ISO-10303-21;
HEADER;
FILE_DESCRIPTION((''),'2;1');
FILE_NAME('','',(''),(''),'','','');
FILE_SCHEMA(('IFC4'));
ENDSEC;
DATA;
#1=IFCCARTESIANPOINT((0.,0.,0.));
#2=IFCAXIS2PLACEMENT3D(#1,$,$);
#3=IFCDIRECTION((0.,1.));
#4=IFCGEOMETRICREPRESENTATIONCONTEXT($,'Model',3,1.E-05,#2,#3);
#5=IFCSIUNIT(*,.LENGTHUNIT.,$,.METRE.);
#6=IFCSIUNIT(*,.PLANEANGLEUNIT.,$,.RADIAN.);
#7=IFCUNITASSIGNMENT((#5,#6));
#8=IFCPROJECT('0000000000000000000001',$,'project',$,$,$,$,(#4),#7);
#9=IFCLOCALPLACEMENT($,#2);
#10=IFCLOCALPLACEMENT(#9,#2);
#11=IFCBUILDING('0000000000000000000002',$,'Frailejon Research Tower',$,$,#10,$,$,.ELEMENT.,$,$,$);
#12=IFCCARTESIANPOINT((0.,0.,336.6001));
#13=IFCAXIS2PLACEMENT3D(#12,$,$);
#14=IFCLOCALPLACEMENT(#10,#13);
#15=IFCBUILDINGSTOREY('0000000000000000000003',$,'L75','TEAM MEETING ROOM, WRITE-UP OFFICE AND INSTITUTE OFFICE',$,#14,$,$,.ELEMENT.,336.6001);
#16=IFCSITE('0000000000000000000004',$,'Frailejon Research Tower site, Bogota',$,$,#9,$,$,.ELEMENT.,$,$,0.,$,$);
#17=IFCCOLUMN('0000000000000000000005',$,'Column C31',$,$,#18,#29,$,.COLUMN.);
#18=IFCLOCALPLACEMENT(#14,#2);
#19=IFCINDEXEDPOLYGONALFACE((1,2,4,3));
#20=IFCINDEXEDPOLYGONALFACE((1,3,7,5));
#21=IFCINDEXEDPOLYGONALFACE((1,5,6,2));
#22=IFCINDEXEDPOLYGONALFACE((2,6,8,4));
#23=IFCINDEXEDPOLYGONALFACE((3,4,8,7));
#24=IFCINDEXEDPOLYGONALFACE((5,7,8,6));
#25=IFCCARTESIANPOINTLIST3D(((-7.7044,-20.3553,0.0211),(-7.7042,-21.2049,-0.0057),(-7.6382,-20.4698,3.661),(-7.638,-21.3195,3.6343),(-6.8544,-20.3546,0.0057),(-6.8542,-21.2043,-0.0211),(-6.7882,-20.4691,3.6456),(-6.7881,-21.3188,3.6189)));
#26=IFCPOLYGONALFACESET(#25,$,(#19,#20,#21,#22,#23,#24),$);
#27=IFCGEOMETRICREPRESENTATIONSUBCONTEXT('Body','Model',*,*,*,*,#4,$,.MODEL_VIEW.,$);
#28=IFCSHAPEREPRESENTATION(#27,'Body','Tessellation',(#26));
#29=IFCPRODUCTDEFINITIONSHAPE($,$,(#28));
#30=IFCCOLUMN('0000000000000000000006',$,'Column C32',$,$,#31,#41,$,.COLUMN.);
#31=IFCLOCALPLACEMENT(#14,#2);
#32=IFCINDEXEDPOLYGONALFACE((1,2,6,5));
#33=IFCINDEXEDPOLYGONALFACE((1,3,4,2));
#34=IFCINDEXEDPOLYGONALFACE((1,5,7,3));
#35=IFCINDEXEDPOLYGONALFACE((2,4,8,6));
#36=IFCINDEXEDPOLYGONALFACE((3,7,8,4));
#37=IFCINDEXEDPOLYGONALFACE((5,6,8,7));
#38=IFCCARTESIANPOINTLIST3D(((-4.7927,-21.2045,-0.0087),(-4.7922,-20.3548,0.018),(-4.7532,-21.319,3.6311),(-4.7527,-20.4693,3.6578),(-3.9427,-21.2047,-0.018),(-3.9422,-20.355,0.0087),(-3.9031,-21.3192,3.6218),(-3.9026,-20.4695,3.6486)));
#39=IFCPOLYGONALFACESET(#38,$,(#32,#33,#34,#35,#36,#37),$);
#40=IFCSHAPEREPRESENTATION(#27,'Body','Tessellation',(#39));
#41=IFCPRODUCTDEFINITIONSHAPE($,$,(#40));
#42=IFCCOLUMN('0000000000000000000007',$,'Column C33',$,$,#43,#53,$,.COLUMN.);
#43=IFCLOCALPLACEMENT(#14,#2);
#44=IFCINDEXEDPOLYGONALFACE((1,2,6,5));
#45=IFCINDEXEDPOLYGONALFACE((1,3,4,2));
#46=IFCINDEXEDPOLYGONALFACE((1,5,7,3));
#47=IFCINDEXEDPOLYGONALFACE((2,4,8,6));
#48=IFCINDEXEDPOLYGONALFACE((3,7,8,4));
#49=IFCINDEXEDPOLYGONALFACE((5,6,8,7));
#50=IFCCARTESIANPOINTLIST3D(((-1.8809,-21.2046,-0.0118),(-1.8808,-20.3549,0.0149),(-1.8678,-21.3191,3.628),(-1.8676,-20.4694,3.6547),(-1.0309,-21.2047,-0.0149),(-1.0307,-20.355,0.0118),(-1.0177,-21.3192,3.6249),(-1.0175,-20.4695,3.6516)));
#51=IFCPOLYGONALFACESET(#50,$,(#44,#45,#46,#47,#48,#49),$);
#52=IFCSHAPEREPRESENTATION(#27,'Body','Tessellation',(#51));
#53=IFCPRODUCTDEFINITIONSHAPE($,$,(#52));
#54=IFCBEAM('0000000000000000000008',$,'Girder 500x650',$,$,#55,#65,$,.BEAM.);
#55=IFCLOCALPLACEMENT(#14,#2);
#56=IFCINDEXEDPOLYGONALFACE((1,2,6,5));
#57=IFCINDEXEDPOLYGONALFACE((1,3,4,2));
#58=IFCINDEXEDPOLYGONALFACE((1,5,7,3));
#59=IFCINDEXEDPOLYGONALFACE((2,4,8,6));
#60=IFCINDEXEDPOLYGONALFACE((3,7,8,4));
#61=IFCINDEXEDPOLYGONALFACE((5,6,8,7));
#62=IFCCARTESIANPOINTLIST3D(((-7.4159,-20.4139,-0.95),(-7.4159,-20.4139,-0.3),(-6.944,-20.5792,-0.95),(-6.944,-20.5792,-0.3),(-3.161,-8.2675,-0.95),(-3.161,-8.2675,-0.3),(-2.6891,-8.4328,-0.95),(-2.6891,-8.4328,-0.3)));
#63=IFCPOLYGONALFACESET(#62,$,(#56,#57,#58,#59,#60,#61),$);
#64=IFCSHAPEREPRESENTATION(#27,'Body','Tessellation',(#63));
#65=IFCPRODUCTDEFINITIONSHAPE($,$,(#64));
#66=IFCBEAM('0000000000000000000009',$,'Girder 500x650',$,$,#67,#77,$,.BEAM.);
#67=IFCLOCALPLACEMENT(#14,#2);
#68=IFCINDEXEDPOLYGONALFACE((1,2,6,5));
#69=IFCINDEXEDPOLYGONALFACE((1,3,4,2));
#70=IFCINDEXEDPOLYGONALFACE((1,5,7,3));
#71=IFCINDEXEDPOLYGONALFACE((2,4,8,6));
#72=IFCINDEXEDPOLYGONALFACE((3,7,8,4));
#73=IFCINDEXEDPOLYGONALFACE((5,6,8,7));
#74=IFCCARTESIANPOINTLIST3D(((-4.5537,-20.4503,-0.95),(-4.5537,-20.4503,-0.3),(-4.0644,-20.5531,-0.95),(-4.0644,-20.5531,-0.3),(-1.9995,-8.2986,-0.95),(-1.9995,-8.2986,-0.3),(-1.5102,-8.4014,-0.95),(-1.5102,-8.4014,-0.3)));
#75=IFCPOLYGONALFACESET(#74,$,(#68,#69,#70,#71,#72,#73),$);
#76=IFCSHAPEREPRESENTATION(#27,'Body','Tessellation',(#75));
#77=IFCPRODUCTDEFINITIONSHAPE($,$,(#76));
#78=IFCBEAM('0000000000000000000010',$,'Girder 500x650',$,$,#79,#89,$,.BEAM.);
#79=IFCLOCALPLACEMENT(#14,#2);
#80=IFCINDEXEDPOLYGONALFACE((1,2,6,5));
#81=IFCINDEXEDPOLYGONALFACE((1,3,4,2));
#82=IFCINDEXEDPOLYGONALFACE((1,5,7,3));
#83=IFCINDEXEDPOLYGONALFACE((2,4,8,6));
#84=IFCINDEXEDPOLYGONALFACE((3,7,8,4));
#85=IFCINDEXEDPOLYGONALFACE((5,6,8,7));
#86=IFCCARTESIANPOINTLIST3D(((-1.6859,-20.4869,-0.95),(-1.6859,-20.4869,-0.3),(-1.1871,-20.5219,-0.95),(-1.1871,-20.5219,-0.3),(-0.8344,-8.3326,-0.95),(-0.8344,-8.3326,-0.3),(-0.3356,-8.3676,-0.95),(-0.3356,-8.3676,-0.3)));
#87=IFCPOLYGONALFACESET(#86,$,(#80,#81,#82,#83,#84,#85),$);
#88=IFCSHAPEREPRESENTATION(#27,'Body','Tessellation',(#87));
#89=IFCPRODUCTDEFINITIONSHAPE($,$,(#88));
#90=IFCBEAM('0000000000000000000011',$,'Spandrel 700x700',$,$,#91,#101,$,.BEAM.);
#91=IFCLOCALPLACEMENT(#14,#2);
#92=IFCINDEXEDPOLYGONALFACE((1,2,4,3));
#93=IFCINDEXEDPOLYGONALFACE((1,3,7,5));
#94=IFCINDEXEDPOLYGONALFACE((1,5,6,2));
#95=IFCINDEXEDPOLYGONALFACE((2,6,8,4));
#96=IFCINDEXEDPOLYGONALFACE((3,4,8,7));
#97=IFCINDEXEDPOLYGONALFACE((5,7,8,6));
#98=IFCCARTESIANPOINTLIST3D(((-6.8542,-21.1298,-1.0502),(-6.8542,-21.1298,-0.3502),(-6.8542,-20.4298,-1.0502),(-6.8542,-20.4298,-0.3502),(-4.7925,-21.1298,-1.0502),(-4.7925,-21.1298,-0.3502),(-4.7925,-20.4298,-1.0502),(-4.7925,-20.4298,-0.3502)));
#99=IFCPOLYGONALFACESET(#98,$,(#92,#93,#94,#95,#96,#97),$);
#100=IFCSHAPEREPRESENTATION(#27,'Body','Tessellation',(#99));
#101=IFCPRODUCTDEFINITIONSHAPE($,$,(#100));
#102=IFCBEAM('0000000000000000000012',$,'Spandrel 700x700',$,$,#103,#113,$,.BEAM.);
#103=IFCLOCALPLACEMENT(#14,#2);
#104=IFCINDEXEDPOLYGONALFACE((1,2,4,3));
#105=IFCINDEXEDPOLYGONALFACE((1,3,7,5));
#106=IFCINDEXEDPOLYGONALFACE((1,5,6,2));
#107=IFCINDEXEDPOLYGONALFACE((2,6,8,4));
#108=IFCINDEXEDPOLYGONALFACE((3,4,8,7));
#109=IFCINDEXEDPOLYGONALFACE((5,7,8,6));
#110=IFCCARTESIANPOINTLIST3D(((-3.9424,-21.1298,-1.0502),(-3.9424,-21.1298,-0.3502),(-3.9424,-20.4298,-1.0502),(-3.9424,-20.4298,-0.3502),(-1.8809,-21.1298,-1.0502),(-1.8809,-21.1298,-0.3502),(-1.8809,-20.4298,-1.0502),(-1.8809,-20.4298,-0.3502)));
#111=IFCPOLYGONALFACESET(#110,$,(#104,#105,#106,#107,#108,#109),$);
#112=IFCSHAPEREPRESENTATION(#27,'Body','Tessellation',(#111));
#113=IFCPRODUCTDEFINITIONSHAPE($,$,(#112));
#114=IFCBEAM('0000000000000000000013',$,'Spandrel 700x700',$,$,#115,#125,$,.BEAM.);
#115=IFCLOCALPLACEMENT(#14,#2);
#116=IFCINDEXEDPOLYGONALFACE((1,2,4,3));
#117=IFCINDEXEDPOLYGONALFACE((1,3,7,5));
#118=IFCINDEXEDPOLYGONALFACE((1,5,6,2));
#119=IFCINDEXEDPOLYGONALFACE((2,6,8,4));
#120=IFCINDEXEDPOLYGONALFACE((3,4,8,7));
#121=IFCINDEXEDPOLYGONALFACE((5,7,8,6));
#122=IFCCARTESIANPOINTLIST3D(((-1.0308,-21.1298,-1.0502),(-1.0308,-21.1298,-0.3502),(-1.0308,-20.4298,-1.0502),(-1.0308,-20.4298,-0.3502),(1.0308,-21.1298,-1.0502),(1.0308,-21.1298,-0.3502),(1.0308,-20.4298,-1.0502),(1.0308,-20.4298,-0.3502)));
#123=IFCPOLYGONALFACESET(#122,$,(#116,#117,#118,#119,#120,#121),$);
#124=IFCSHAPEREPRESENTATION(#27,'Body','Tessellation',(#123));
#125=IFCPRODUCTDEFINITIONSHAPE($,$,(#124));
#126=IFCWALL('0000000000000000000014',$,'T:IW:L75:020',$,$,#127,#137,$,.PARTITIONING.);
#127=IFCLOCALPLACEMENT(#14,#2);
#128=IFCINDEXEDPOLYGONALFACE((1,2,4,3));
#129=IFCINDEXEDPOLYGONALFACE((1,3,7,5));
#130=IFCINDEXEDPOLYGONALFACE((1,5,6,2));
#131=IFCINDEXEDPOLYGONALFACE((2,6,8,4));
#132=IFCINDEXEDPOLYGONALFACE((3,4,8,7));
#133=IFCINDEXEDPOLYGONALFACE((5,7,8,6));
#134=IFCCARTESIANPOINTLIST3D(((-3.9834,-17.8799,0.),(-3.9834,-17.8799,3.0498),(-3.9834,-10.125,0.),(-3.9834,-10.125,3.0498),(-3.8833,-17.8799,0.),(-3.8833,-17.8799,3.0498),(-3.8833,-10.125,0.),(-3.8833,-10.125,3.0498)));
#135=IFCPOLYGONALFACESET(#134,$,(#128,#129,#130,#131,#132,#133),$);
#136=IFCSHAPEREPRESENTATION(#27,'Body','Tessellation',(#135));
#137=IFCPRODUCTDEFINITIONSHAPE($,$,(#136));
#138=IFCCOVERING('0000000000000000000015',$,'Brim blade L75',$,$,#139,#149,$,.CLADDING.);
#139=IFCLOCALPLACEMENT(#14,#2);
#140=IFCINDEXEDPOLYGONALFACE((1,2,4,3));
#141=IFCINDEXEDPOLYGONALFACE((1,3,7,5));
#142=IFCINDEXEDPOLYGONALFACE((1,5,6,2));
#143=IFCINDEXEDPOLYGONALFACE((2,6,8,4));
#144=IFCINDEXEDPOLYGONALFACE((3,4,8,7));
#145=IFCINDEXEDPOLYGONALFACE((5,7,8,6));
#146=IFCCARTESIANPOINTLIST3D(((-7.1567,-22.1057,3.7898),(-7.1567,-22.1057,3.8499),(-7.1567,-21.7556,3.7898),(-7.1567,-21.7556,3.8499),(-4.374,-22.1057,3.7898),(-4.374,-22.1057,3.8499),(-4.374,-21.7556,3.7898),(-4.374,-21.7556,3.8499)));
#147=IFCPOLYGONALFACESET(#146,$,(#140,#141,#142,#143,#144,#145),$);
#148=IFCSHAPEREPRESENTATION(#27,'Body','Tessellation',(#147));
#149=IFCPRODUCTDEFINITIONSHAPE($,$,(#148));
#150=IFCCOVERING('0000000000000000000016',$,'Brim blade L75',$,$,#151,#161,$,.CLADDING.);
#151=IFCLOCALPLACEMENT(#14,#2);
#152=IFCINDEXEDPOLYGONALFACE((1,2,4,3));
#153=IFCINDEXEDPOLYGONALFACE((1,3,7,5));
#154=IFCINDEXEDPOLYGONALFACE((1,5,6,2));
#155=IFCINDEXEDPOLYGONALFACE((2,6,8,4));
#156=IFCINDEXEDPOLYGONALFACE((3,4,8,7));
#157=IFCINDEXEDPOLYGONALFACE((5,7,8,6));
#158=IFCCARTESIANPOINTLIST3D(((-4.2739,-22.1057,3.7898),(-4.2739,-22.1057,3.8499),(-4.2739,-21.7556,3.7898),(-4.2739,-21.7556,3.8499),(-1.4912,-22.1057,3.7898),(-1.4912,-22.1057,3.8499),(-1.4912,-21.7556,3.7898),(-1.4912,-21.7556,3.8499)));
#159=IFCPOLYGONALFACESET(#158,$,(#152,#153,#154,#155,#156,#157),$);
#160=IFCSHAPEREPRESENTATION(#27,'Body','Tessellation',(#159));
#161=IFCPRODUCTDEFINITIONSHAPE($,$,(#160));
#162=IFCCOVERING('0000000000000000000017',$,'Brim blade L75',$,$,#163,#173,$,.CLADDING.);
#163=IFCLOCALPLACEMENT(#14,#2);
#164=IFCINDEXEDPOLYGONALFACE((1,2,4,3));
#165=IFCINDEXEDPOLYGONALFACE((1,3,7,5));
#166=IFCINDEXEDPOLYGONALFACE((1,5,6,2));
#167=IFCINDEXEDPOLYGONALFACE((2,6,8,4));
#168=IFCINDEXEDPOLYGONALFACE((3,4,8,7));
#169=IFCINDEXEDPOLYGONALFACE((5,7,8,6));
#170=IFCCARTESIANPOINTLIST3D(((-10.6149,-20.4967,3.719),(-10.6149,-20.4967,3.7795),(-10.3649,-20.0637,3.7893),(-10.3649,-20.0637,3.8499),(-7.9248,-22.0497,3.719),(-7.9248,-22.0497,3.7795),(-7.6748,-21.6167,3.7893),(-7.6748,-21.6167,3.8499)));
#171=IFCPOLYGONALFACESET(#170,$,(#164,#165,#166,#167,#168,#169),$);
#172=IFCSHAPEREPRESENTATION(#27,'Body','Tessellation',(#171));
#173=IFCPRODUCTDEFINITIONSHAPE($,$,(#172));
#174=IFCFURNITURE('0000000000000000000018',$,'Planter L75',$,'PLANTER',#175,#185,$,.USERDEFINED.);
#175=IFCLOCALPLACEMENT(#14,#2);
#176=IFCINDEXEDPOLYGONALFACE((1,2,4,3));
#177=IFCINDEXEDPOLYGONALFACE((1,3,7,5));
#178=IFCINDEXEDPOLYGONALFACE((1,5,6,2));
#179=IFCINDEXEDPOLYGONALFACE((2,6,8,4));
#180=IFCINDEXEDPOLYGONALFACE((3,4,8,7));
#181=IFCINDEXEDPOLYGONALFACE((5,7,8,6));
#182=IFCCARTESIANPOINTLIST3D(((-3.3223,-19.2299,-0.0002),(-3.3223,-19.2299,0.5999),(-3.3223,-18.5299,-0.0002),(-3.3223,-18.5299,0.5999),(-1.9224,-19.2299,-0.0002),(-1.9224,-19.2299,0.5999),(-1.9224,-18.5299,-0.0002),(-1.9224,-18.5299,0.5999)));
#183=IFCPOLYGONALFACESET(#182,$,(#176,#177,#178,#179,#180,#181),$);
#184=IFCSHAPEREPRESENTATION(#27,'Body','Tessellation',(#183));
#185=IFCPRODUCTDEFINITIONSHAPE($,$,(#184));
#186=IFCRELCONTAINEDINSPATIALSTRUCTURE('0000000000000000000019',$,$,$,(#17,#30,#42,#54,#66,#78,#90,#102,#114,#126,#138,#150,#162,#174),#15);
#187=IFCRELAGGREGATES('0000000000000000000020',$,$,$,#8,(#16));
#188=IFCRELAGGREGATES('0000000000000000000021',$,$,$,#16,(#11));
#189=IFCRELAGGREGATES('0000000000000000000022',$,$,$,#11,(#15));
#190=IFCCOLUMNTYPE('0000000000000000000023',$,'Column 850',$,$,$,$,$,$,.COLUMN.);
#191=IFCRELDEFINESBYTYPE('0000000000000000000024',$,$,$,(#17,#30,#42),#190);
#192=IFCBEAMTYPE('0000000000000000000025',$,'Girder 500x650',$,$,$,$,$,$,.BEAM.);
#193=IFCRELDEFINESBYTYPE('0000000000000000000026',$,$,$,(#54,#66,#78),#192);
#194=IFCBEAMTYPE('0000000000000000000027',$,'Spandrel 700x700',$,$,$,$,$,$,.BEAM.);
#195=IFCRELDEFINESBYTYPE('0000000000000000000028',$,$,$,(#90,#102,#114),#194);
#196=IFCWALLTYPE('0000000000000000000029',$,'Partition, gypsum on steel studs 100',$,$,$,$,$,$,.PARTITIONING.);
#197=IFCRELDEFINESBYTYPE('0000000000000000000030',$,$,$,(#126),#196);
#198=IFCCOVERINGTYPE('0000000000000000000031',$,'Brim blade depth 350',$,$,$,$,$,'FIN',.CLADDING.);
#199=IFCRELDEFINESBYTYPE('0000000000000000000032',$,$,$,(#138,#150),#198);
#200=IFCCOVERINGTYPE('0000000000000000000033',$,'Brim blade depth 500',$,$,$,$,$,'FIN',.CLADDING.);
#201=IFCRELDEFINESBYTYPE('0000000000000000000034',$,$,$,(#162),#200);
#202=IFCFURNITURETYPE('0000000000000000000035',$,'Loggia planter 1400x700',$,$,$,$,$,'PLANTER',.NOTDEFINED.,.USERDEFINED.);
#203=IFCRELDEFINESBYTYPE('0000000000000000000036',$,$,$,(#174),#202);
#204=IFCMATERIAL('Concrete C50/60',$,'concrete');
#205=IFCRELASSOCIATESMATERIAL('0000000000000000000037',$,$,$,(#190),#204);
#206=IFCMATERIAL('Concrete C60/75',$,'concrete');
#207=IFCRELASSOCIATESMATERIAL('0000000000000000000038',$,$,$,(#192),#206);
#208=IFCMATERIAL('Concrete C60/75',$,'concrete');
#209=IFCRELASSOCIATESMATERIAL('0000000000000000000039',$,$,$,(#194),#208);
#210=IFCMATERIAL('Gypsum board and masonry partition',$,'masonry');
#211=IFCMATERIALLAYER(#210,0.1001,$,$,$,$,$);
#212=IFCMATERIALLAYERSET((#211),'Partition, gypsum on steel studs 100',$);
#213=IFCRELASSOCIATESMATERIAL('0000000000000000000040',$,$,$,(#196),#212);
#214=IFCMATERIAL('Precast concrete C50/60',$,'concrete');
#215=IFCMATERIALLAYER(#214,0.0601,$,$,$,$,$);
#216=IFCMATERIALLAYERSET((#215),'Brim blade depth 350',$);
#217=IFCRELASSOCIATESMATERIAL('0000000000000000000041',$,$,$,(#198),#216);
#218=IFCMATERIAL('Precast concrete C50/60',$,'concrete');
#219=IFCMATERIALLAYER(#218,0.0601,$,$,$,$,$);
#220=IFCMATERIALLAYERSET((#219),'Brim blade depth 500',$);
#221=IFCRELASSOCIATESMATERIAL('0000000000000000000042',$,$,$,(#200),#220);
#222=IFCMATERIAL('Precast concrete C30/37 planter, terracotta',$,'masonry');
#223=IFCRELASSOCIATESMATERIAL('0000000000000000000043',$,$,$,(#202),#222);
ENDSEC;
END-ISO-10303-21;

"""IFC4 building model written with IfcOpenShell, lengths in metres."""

from ifc_helpers import new_model, si_unit, direction, frame, frame_2d, origin, origin_2d, place, context, subcontext, project, spatial, polyline, rectangle, outline, extrude, material, layer, layer_set, material_profile, profile_set, type_object, element, save


model = new_model("IFC4")

# Units and contexts
model_context = context("Model", 3, precision=1e-05, world=origin(), true_north=direction((0.0, 1.0)))
body_context = subcontext(model_context, "Body", "Model", "MODEL_VIEW")
ifc_project = project(units=[si_unit("LENGTHUNIT", "METRE"), si_unit("PLANEANGLEUNIT", "RADIAN")], contexts=[model_context])

# Site, building, storey
site_placement = place(None, origin())
site = spatial("IfcSite", under=ifc_project, at=site_placement, Name="Frailejon Research Tower site, Bogota", CompositionType="ELEMENT", RefElevation=0.0)
building_placement = place(site_placement, origin())
building = spatial("IfcBuilding", under=site, at=building_placement, Name="Frailejon Research Tower", CompositionType="ELEMENT")
storey_placement = place(building_placement, frame((0.0, 0.0, 336.6001)))
storey = spatial("IfcBuildingStorey", under=building, at=storey_placement, Name="L75", Description="TEAM MEETING ROOM, WRITE-UP OFFICE AND INSTITUTE OFFICE", CompositionType="ELEMENT", Elevation=336.6001)

# Columns
ifc_material_1 = material(Name="Concrete C50/60", Category="concrete")
ifc_material_profile_1 = material_profile(ifc_material_1, rectangle(XDim=0.8501, YDim=0.8501, at=origin_2d()), Name="Column 850")
ifc_profile_set_1 = profile_set([ifc_material_profile_1], Name="Concrete C50/60")
column_type = type_object("IfcColumnType", Name="Column 850", PredefinedType="COLUMN", material=ifc_profile_set_1)
column_1_placement = place(storey_placement, frame((-7.2793, -20.7798, 0.0), z_axis=(0.018165, -0.031437, 0.999341), x_axis=(0.999835, 0.000765, -0.01815)))
element("IfcColumn", 1, at=column_1_placement, inside=storey, type_object=column_type, Name="Column C31", PredefinedType="COLUMN", context=body_context, shape_type="SweptSolid", body=[
    extrude(rectangle(XDim=0.8501, YDim=0.8501, at=origin_2d()), origin(), (0.0, 0.0, 1.0), 3.6423),
])
column_2_placement = place(storey_placement, frame((-4.3674, -20.7798, 0.0), z_axis=(0.01086, -0.03144, 0.999447), x_axis=(0.999941, -0.000235, -0.010873)))
element("IfcColumn", 2, at=column_2_placement, inside=storey, type_object=column_type, Name="Column C32", PredefinedType="COLUMN", context=body_context, shape_type="SweptSolid", body=[
    extrude(rectangle(XDim=0.8501, YDim=0.8501, at=origin_2d()), origin(), (0.0, 0.0, 1.0), 3.6418),
])
column_3_placement = place(storey_placement, frame((-1.4558, -20.7798, 0.0), z_axis=(0.00362, -0.031442, 0.999499), x_axis=(0.999993, -0.000099, -0.003625)))
element("IfcColumn", 3, at=column_3_placement, inside=storey, type_object=column_type, Name="Column C33", PredefinedType="COLUMN", context=body_context, shape_type="SweptSolid", body=[
    extrude(rectangle(XDim=0.8501, YDim=0.8501, at=origin_2d()), origin(), (0.0, 0.0, 1.0), 3.6416),
])

# Beams
ifc_material_2 = material(Name="Concrete C60/75", Category="concrete")
ifc_material_profile_2 = material_profile(ifc_material_2, rectangle(XDim=0.5, YDim=0.6499, at=origin_2d()), Name="Girder 500x650")
ifc_profile_set_2 = profile_set([ifc_material_profile_2], Name="Concrete C60/75")
beam_type_1 = type_object("IfcBeamType", Name="Girder 500x650", PredefinedType="BEAM", material=ifc_profile_set_2)
beam_1_placement = place(storey_placement, frame((-7.1799, -20.4966, -0.625), z_axis=(0.330601, 0.943771, 0.0), x_axis=(-0.943771, 0.330601, 0.0)))
element("IfcBeam", 4, at=beam_1_placement, inside=storey, type_object=beam_type_1, Name="Girder 500x650", PredefinedType="BEAM", context=body_context, shape_type="SweptSolid", body=[
    extrude(rectangle(XDim=0.5, YDim=0.6499, at=origin_2d()), origin(), (0.0, 0.0, 1.0), 12.8701),
])
beam_2_placement = place(storey_placement, frame((-4.3091, -20.5017, -0.625), z_axis=(0.205699, 0.978615, 0.0), x_axis=(-0.978615, 0.205699, 0.0)))
element("IfcBeam", 5, at=beam_2_placement, inside=storey, type_object=beam_type_1, Name="Girder 500x650", PredefinedType="BEAM", context=body_context, shape_type="SweptSolid", body=[
    extrude(rectangle(XDim=0.5, YDim=0.6499, at=origin_2d()), origin(), (0.0, 0.0, 1.0), 12.4172),
])
beam_3_placement = place(storey_placement, frame((-1.4365, -20.5044, -0.625), z_axis=(0.069891, 0.997555, 0.0), x_axis=(-0.997555, 0.069891, 0.0)))
element("IfcBeam", 6, at=beam_3_placement, inside=storey, type_object=beam_type_1, Name="Girder 500x650", PredefinedType="BEAM", context=body_context, shape_type="SweptSolid", body=[
    extrude(rectangle(XDim=0.5, YDim=0.6499, at=origin_2d()), origin(), (0.0, 0.0, 1.0), 12.1841),
])
ifc_material_3 = material(Name="Concrete C60/75", Category="concrete")
ifc_material_profile_3 = material_profile(ifc_material_3, rectangle(XDim=0.7, YDim=0.7, at=origin_2d()), Name="Spandrel 700x700")
ifc_profile_set_3 = profile_set([ifc_material_profile_3], Name="Concrete C60/75")
beam_type_2 = type_object("IfcBeamType", Name="Spandrel 700x700", PredefinedType="BEAM", material=ifc_profile_set_3)
beam_4_placement = place(storey_placement, frame((-6.8542, -20.7798, -0.7002), z_axis=(1.0, 0.0, 0.0), x_axis=(0.0, 1.0, 0.0)))
element("IfcBeam", 7, at=beam_4_placement, inside=storey, type_object=beam_type_2, Name="Spandrel 700x700", PredefinedType="BEAM", context=body_context, shape_type="SweptSolid", body=[
    extrude(rectangle(XDim=0.7, YDim=0.7, at=origin_2d()), origin(), (0.0, 0.0, 1.0), 2.0618),
])
for number, where, z_axis, x_axis, name in (
    (8, (-3.9424, -20.7798, -0.7002), (1.0, 0.0, 0.0), (0.0, 1.0, 0.0), "Spandrel 700x700"),
    (9, (-1.0308, -20.7798, -0.7002), (1.0, 0.0, 0.0), (0.0, 1.0, 0.0), "Spandrel 700x700"),
):
    element("IfcBeam", number, at=place(storey_placement, frame(where, z_axis=z_axis, x_axis=x_axis)), inside=storey, type_object=beam_type_2, Name=name, PredefinedType="BEAM", context=body_context, shape_type="SweptSolid", body=[
        extrude(rectangle(XDim=0.7, YDim=0.7, at=origin_2d()), origin(), (0.0, 0.0, 1.0), 2.0615),
    ])

# Wall
ifc_material_4 = material(Name="Gypsum board and masonry partition", Category="masonry")
ifc_layer_1 = layer(ifc_material_4, 0.1001)
ifc_layer_set_1 = layer_set([ifc_layer_1], Name="Partition, gypsum on steel studs 100")
wall_type_1 = type_object("IfcWallType", Name="Partition, gypsum on steel studs 100", PredefinedType="PARTITIONING", material=ifc_layer_set_1)
wall_1_placement = place(storey_placement, frame((-3.9333, -17.8799, 0.0), z_axis=(0.0, 0.0, 1.0), x_axis=(0.0, 1.0, 0.0)))
element("IfcWall", 10, at=wall_1_placement, inside=storey, type_object=wall_type_1, Name="T:IW:L75:020", PredefinedType="PARTITIONING", context=body_context, shape_type="SweptSolid", body=[
    extrude(rectangle(XDim=7.7549, YDim=0.1001, at=frame_2d((3.8774, 0.0))), origin(), (0.0, 0.0, 1.0), 3.0498),
])

# Coverings
ifc_material_5 = material(Name="Precast concrete C50/60", Category="concrete")
ifc_layer_2 = layer(ifc_material_5, 0.0601)
ifc_layer_set_2 = layer_set([ifc_layer_2], Name="Brim blade depth 350")
covering_type_1 = type_object("IfcCoveringType", Name="Brim blade depth 350", ElementType="FIN", PredefinedType="CLADDING", material=ifc_layer_set_2)
for number, where, z_axis, x_axis, name in (
    (11, (-4.374, -21.7556, 3.8499), (-1.0, 0.0, 0.0), (0.0, -1.0, 0.0), "Brim blade L75"),
    (12, (-1.4912, -21.7556, 3.8499), (-1.0, 0.0, 0.0), (0.0, -1.0, 0.0), "Brim blade L75"),
):
    element("IfcCovering", number, at=place(storey_placement, frame(where, z_axis=z_axis, x_axis=x_axis)), inside=storey, type_object=covering_type_1, Name=name, PredefinedType="CLADDING", context=body_context, shape_type="SweptSolid", body=[
        extrude(outline(polyline([(0.0, -0.0601), (0.3501, -0.0601), (0.3501, 0.0), (0.0, 0.0), (0.0, -0.0601)])), origin(), (0.0, 0.0, 1.0), 2.7827),
    ])
ifc_material_6 = material(Name="Precast concrete C50/60", Category="concrete")
ifc_layer_3 = layer(ifc_material_6, 0.0601)
ifc_layer_set_3 = layer_set([ifc_layer_3], Name="Brim blade depth 500")
covering_type_2 = type_object("IfcCoveringType", Name="Brim blade depth 500", ElementType="FIN", PredefinedType="CLADDING", material=ifc_layer_set_3)
covering_placement = place(storey_placement, frame((-7.6748, -21.6167, 3.8499), z_axis=(-0.866035, 0.499983, 0.0), x_axis=(-0.499983, -0.866035, 0.0)))
element("IfcCovering", 13, at=covering_placement, inside=storey, type_object=covering_type_2, Name="Brim blade L75", PredefinedType="CLADDING", context=body_context, shape_type="SweptSolid", body=[
    extrude(outline(polyline([(0.0, -0.0605), (0.5, -0.1309), (0.5, -0.0703), (0.0, 0.0), (0.0, -0.0605)])), origin(), (0.0, 0.0, 1.0), 3.1062),
])

# Furniture
ifc_material_7 = material(Name="Precast concrete C30/37 planter, terracotta", Category="masonry")
furniture_type = type_object("IfcFurnitureType", Name="Loggia planter 1400x700", ElementType="PLANTER", AssemblyPlace="NOTDEFINED", PredefinedType="USERDEFINED", material=ifc_material_7)
furniture_placement = place(storey_placement, frame((-2.6223, -18.8799, -0.0002), z_axis=(0.0, 0.0, 1.0), x_axis=(1.0, 0.0, 0.0)))
element("IfcFurniture", 14, at=furniture_placement, inside=storey, type_object=furniture_type, Name="Planter L75", ObjectType="PLANTER", PredefinedType="USERDEFINED", context=body_context, shape_type="SweptSolid", body=[
    extrude(rectangle(XDim=1.3999, YDim=0.7, at=origin_2d()), origin(), (0.0, 0.0, 1.0), 0.6001),
])

save(model, "model.ifc")
